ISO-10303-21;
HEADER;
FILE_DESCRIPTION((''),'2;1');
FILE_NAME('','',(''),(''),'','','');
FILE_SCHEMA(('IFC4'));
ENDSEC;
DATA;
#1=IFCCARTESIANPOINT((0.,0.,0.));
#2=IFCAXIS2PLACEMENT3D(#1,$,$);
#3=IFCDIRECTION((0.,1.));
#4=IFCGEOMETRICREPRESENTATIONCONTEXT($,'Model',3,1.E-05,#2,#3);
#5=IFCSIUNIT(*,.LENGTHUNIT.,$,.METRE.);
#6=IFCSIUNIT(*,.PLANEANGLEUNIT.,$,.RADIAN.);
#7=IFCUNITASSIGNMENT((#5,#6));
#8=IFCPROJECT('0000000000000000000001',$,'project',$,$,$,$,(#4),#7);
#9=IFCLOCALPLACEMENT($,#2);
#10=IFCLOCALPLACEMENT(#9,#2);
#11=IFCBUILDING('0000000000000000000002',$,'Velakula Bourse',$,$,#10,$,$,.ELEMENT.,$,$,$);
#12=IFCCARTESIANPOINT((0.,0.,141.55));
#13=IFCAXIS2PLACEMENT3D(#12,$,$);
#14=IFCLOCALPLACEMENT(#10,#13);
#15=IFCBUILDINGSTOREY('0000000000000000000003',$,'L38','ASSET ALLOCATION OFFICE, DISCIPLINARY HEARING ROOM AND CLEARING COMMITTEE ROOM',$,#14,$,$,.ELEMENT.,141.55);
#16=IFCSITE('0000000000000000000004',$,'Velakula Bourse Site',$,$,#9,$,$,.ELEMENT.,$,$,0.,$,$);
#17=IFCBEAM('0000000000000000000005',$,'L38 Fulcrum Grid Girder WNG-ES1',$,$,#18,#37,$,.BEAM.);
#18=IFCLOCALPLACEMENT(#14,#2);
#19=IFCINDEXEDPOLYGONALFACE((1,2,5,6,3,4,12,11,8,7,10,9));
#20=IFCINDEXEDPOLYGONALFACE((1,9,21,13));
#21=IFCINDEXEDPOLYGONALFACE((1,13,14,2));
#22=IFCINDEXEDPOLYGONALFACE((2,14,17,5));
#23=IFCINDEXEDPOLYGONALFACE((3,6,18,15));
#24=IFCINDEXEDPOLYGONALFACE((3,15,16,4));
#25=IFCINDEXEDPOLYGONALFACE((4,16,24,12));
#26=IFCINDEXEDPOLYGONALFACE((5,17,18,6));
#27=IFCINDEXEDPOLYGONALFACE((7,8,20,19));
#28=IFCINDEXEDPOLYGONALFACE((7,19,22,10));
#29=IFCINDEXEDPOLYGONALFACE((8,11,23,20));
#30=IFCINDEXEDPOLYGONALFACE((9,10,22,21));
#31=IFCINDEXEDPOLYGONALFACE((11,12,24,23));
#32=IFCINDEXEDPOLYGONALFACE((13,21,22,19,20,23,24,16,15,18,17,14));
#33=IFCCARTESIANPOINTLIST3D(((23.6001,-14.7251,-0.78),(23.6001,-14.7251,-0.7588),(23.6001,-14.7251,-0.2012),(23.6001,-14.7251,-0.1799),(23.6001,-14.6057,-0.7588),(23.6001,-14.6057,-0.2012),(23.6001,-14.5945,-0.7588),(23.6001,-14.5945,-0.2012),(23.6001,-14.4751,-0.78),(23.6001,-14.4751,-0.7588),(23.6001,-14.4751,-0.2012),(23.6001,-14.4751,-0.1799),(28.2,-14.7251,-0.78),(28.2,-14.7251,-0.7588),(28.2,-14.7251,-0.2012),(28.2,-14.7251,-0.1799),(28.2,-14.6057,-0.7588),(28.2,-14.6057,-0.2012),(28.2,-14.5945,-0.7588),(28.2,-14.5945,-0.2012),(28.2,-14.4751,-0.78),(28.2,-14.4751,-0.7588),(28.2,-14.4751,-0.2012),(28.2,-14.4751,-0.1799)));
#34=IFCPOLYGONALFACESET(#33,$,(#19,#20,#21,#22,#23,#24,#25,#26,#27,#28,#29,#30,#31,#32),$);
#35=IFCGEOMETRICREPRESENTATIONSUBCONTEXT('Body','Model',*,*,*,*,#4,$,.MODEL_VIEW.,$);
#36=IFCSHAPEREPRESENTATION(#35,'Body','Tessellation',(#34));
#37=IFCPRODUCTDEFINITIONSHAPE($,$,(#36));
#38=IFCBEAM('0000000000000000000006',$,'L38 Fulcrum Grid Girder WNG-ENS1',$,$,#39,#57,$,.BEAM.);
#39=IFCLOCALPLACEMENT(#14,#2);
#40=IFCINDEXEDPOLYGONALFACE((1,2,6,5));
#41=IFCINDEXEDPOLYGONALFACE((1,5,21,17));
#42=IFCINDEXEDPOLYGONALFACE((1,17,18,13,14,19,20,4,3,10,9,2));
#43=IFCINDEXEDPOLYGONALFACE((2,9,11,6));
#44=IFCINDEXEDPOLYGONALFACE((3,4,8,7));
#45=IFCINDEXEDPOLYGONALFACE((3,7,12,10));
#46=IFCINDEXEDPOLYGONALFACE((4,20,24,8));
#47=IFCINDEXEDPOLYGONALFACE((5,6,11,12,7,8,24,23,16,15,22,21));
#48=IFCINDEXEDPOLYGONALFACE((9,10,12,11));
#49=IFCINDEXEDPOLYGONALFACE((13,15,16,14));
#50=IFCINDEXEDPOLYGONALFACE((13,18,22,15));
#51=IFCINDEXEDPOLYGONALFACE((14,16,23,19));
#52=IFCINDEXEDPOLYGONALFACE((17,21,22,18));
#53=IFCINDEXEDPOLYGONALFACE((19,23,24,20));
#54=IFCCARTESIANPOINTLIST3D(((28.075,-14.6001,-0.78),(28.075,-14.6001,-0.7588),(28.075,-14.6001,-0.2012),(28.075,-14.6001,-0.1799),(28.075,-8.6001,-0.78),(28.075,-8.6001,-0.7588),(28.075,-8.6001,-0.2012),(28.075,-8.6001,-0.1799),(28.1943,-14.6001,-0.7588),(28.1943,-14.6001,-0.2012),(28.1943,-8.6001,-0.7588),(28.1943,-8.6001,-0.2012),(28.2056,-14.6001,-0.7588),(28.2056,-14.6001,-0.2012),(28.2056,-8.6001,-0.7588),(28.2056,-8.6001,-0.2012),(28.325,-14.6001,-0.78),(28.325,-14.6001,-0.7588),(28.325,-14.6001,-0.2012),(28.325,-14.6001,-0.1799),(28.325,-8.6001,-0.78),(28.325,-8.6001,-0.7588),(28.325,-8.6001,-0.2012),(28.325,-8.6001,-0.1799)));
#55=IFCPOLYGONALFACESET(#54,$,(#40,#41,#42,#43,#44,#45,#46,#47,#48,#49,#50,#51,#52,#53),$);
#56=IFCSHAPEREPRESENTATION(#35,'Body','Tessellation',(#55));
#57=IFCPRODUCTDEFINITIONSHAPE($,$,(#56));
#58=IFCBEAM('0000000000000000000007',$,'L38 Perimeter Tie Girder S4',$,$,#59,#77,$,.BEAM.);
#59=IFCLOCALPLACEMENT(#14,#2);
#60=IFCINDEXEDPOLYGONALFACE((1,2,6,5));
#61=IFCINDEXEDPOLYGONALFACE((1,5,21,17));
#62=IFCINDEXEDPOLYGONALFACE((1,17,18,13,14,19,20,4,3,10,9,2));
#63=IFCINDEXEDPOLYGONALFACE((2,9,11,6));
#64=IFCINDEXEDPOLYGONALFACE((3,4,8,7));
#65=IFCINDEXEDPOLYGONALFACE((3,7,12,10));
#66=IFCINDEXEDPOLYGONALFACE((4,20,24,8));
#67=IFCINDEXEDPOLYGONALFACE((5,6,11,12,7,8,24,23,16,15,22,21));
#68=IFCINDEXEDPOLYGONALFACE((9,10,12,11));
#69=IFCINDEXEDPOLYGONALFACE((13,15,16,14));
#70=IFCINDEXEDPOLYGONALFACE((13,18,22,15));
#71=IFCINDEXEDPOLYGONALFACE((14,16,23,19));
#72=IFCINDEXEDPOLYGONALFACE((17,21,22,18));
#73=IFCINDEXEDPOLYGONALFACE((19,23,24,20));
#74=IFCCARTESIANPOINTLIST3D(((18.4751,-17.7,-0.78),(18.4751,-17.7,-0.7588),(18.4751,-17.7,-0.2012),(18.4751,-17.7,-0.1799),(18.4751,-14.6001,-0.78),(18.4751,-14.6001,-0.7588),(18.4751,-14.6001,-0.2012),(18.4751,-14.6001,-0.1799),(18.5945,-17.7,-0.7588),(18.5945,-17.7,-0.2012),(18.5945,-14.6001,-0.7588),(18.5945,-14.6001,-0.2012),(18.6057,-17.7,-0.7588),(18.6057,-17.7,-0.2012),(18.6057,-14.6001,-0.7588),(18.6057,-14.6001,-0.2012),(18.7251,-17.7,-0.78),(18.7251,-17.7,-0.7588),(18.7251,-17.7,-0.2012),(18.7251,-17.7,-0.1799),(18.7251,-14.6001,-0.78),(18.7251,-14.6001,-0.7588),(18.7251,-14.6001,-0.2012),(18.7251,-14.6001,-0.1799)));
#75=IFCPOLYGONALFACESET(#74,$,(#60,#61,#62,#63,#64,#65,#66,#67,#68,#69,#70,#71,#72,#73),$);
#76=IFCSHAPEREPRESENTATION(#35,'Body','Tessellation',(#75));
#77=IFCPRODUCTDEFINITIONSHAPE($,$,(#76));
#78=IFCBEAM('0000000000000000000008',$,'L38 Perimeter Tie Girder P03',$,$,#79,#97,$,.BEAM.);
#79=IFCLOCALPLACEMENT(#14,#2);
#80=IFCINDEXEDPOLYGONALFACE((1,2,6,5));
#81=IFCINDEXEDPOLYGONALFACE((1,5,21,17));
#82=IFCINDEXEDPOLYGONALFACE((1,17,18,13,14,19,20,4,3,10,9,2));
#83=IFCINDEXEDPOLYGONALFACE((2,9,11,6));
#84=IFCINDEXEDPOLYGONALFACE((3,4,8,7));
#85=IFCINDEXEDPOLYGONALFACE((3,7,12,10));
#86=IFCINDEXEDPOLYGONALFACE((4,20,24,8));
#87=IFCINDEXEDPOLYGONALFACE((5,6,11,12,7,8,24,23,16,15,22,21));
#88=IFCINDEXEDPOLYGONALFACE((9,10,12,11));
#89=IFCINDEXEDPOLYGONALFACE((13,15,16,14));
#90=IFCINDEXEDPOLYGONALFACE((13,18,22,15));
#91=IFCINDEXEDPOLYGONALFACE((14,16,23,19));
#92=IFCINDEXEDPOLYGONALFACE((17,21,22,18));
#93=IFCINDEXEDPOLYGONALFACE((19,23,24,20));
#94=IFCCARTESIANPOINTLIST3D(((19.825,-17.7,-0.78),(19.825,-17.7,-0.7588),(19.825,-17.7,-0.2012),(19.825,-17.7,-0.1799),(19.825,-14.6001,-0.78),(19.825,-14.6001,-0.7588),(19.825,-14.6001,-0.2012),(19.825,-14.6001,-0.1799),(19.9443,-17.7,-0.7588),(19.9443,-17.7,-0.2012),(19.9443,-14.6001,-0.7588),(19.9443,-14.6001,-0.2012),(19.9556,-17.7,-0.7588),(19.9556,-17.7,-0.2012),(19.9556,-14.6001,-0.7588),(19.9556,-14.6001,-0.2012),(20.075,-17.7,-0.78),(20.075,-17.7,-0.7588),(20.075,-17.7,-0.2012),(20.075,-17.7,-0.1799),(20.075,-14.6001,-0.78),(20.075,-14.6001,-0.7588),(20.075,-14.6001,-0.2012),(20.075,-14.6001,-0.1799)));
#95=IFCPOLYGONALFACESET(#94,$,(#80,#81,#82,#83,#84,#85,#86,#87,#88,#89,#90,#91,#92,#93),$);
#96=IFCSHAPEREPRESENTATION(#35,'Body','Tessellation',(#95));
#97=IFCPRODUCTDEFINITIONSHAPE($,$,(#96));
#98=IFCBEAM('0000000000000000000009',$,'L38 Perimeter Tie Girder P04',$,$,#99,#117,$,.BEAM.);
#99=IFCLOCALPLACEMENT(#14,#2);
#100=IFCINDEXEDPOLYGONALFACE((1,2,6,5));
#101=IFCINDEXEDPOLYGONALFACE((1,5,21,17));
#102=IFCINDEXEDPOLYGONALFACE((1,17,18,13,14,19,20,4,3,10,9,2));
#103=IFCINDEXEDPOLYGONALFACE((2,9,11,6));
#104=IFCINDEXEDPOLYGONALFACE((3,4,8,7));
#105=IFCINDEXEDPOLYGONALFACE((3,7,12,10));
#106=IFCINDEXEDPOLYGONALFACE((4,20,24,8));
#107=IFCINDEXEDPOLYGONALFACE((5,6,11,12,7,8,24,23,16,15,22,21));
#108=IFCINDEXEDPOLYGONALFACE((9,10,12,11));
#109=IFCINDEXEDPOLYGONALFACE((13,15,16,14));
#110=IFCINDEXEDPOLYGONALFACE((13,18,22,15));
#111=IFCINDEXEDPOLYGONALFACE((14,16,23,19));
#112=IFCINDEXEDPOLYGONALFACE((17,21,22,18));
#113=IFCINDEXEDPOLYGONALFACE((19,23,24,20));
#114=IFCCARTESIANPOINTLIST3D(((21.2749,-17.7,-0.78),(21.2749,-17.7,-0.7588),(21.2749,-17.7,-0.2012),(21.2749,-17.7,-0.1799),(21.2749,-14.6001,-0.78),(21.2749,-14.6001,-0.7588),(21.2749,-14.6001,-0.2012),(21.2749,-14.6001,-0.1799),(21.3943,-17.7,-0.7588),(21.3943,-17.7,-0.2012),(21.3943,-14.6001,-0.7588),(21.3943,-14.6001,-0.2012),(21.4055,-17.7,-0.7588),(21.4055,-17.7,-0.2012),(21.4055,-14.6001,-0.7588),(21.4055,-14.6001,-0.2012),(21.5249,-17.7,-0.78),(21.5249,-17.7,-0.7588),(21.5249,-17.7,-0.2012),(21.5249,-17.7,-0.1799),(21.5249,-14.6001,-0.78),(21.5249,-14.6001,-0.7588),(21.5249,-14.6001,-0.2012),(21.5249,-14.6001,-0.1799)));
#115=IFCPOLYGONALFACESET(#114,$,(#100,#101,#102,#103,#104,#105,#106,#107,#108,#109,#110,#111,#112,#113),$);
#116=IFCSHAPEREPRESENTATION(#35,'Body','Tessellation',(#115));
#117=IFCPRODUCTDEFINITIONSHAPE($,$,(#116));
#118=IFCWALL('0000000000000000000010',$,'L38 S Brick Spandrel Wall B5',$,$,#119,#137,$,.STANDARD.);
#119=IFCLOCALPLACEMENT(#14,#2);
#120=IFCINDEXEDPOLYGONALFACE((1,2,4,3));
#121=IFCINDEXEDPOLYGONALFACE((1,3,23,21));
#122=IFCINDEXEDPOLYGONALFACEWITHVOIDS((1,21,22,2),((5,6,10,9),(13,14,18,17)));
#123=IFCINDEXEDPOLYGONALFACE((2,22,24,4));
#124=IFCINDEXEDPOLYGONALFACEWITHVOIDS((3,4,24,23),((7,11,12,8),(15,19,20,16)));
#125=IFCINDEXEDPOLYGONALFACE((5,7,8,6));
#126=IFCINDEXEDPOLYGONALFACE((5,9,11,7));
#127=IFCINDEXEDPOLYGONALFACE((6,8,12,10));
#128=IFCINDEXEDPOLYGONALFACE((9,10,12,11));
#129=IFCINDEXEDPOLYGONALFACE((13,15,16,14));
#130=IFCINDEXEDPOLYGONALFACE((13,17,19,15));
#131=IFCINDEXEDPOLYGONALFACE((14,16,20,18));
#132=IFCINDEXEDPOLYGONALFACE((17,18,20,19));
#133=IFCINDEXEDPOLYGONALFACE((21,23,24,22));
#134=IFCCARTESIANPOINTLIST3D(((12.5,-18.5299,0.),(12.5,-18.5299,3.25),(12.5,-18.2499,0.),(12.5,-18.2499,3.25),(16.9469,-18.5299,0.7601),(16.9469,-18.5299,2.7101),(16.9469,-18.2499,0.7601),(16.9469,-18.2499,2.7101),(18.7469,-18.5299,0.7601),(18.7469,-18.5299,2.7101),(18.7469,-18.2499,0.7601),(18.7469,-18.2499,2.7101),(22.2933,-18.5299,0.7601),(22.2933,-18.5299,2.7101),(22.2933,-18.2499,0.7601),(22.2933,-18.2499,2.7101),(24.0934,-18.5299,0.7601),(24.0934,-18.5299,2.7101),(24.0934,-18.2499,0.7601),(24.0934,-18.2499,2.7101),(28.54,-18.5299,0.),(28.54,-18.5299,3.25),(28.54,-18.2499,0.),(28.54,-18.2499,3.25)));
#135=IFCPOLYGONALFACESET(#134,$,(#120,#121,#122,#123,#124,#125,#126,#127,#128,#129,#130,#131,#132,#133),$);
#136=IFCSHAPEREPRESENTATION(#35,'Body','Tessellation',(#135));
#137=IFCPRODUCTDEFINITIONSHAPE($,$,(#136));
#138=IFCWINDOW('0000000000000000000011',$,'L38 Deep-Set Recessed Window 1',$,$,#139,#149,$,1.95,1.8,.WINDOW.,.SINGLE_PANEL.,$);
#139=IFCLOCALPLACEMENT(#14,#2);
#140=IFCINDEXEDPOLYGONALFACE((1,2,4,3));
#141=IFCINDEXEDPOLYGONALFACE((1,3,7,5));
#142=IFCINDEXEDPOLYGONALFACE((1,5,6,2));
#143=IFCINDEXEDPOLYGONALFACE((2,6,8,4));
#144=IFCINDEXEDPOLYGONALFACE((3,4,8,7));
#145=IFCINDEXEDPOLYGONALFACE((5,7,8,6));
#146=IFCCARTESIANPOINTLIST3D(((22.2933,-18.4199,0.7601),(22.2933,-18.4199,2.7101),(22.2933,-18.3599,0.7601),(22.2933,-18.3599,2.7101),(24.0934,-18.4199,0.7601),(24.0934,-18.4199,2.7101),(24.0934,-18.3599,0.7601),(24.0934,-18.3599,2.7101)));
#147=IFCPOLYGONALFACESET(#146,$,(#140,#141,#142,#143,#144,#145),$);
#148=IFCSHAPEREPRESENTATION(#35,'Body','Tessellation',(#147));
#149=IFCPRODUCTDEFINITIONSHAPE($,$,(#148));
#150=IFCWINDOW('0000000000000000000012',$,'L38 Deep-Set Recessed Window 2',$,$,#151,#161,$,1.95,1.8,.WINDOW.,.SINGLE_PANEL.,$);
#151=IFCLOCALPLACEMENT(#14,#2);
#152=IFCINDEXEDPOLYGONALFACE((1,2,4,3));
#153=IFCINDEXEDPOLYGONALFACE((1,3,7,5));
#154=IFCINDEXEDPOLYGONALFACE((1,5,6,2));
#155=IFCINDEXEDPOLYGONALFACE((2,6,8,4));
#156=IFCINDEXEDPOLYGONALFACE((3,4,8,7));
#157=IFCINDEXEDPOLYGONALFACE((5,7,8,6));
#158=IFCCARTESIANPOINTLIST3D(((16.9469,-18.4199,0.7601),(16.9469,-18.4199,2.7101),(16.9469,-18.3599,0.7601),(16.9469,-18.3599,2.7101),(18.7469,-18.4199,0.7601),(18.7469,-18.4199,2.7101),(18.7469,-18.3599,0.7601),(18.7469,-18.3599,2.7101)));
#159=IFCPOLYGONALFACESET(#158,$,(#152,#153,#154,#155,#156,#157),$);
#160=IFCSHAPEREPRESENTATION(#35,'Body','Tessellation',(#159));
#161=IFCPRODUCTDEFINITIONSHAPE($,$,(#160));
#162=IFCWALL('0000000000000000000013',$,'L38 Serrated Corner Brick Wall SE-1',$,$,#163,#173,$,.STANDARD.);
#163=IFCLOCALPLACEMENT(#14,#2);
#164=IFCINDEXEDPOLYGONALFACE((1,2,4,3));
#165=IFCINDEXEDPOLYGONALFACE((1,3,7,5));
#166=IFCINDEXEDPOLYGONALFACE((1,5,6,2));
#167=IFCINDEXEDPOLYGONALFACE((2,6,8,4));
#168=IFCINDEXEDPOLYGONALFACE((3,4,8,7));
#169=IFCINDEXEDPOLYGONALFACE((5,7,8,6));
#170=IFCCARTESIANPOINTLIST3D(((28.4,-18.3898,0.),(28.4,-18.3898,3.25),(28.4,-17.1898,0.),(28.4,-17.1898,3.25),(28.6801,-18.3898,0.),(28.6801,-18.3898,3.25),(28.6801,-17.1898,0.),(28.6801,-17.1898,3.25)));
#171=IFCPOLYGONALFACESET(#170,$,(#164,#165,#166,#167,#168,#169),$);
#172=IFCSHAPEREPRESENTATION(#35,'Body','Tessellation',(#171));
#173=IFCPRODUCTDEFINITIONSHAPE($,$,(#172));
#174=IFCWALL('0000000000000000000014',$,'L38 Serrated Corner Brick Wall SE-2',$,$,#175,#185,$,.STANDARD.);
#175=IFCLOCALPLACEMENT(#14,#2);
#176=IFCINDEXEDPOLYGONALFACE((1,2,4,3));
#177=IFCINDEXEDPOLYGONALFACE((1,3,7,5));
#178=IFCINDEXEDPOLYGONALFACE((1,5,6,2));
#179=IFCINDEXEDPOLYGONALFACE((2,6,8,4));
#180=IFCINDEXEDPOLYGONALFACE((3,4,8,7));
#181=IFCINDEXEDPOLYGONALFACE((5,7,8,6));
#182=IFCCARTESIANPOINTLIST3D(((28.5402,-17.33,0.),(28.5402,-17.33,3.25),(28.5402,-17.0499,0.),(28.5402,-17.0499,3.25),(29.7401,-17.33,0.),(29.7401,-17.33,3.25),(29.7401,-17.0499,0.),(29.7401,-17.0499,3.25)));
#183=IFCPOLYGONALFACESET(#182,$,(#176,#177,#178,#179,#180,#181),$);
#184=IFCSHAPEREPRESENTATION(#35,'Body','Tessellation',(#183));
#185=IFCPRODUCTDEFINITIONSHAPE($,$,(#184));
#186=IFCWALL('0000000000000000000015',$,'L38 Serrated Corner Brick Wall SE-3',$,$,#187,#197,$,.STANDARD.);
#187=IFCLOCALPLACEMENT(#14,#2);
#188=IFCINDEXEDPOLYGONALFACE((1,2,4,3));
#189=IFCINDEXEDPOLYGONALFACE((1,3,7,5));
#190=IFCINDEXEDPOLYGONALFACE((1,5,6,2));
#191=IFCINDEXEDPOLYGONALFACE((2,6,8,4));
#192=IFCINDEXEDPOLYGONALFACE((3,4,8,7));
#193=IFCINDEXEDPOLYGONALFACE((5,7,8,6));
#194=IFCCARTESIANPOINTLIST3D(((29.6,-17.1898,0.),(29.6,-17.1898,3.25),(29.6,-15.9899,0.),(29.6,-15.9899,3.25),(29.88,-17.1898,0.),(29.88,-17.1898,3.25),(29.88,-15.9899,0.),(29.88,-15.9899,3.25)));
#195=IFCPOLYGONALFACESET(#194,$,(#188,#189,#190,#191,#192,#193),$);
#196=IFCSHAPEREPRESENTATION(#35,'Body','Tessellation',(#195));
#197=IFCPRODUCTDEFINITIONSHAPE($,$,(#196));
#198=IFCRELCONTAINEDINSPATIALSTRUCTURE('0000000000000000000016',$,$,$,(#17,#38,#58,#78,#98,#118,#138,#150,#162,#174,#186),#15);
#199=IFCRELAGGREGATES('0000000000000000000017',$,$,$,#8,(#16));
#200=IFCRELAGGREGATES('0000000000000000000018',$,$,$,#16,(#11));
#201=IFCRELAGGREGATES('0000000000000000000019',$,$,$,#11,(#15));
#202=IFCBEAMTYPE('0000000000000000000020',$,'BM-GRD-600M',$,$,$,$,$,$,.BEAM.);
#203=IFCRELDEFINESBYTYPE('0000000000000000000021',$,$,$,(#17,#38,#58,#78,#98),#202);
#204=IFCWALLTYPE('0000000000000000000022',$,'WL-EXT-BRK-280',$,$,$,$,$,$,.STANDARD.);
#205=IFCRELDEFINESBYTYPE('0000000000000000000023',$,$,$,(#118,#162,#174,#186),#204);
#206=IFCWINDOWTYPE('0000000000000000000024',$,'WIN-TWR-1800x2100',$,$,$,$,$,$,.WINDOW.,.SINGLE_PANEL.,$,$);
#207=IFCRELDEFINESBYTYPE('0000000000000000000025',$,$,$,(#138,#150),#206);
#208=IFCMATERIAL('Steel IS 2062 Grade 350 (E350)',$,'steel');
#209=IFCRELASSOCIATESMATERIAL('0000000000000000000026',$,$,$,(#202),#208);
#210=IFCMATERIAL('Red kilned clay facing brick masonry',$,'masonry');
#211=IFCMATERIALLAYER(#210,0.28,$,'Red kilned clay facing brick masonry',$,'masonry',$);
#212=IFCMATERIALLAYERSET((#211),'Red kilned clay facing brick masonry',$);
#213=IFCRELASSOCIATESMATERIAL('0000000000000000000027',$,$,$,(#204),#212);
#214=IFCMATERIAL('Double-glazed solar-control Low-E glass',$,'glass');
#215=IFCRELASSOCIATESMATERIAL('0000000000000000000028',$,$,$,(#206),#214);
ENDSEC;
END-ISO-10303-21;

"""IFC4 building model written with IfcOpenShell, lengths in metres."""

from ifc_helpers import new_model, si_unit, direction, frame, frame_2d, origin, origin_2d, place, context, subcontext, project, spatial, rectangle, i_section, extrude, material, layer, layer_set, material_profile, profile_set, type_object, element, fill, save


model = new_model("IFC4")

# Units and contexts
model_context = context("Model", 3, precision=1e-05, world=origin(), true_north=direction((0.0, 1.0)))
body_context = subcontext(model_context, "Body", "Model", "MODEL_VIEW")
ifc_project = project(units=[si_unit("LENGTHUNIT", "METRE"), si_unit("PLANEANGLEUNIT", "RADIAN")], contexts=[model_context])

# Site, building, storey
site_placement = place(None, origin())
site = spatial("IfcSite", under=ifc_project, at=site_placement, Name="Velakula Bourse Site", CompositionType="ELEMENT", RefElevation=0.0)
building_placement = place(site_placement, origin())
building = spatial("IfcBuilding", under=site, at=building_placement, Name="Velakula Bourse", CompositionType="ELEMENT")
storey_placement = place(building_placement, frame((0.0, 0.0, 141.55)))
storey = spatial("IfcBuildingStorey", under=building, at=storey_placement, Name="L38", Description="ASSET ALLOCATION OFFICE, DISCIPLINARY HEARING ROOM AND CLEARING COMMITTEE ROOM", CompositionType="ELEMENT", Elevation=141.55)

# Shared definitions
ifc_material_1 = material(Name="Steel IS 2062 Grade 350 (E350)", Category="steel")

# Beams
ifc_material_profile_1 = material_profile(ifc_material_1, i_section(OverallWidth=0.25, OverallDepth=0.6001, WebThickness=0.0112, FlangeThickness=0.0212, at=origin_2d()), Name="Steel IS 2062 Grade 350 (E350)")
ifc_profile_set_1 = profile_set([ifc_material_profile_1], Name="Steel IS 2062 Grade 350 (E350)")
beam_type = type_object("IfcBeamType", Name="BM-GRD-600M", PredefinedType="BEAM", material=ifc_profile_set_1)
beam_1_placement = place(storey_placement, frame((23.6001, -14.6001, -0.48), z_axis=(1.0, 0.0, 0.0), x_axis=(0.0, 1.0, 0.0)))
element("IfcBeam", 1, at=beam_1_placement, inside=storey, type_object=beam_type, Name="L38 Fulcrum Grid Girder WNG-ES1", PredefinedType="BEAM", context=body_context, shape_type="SweptSolid", body=[
    extrude(i_section(OverallWidth=0.25, OverallDepth=0.6001, WebThickness=0.0112, FlangeThickness=0.0212, at=origin_2d()), origin(), (0.0, 0.0, 1.0), 4.5999),
])
beam_2_placement = place(storey_placement, frame((28.2, -14.6001, -0.48), z_axis=(0.0, 1.0, 0.0), x_axis=(-1.0, 0.0, 0.0)))
element("IfcBeam", 2, at=beam_2_placement, inside=storey, type_object=beam_type, Name="L38 Fulcrum Grid Girder WNG-ENS1", PredefinedType="BEAM", context=body_context, shape_type="SweptSolid", body=[
    extrude(i_section(OverallWidth=0.25, OverallDepth=0.6001, WebThickness=0.0112, FlangeThickness=0.0212, at=origin_2d()), origin(), (0.0, 0.0, 1.0), 6.0),
])
for number, where, z_axis, x_axis, name in (
    (3, (18.6001, -14.6001, -0.48), (0.0, -1.0, 0.0), (1.0, 0.0, 0.0), "L38 Perimeter Tie Girder S4"),
    (4, (19.95, -14.6001, -0.48), (0.0, -1.0, 0.0), (1.0, 0.0, 0.0), "L38 Perimeter Tie Girder P03"),
    (5, (21.3999, -14.6001, -0.48), (0.0, -1.0, 0.0), (1.0, 0.0, 0.0), "L38 Perimeter Tie Girder P04"),
):
    element("IfcBeam", number, at=place(storey_placement, frame(where, z_axis=z_axis, x_axis=x_axis)), inside=storey, type_object=beam_type, Name=name, PredefinedType="BEAM", context=body_context, shape_type="SweptSolid", body=[
        extrude(i_section(OverallWidth=0.25, OverallDepth=0.6001, WebThickness=0.0112, FlangeThickness=0.0212, at=origin_2d()), origin(), (0.0, 0.0, 1.0), 3.0999),
    ])

# Wall, openings, windows
ifc_material_2 = material(Name="Red kilned clay facing brick masonry", Category="masonry")
ifc_layer_1 = layer(ifc_material_2, 0.28, Name="Red kilned clay facing brick masonry", Category="masonry")
ifc_layer_set_1 = layer_set([ifc_layer_1], Name="Red kilned clay facing brick masonry")
wall_type_1 = type_object("IfcWallType", Name="WL-EXT-BRK-280", PredefinedType="STANDARD", material=ifc_layer_set_1)
wall_1_placement = place(storey_placement, frame((28.54, -18.3899, 0.0), z_axis=(0.0, 0.0, 1.0), x_axis=(-1.0, 0.0, 0.0)))
wall_1 = element("IfcWall", 6, at=wall_1_placement, inside=storey, type_object=wall_type_1, Name="L38 S Brick Spandrel Wall B5", PredefinedType="STANDARD", context=body_context, shape_type="SweptSolid", body=[
    extrude(rectangle(XDim=16.04, YDim=0.28, at=frame_2d((8.02, 0.0))), origin(), (0.0, 0.0, 1.0), 3.25),
])
opening_1_placement = place(wall_1_placement, frame((4.4468, 0.0, 0.76)))
opening_1 = element("IfcOpeningElement", 7, at=opening_1_placement, cuts=wall_1, PredefinedType="OPENING", context=body_context, shape_type="SweptSolid", body=[
    extrude(rectangle(XDim=1.8, YDim=1.95, at=frame_2d((0.8999, 0.9751))), frame((0.0, 0.1499, 0.0), z_axis=(0.0, -1.0, 0.0), x_axis=(1.0, 0.0, 0.0)), (0.0, 0.0, 1.0), 0.3),
])
opening_2_placement = place(wall_1_placement, frame((9.7932, 0.0, 0.76)))
opening_2 = element("IfcOpeningElement", 8, at=opening_2_placement, cuts=wall_1, PredefinedType="OPENING", context=body_context, shape_type="SweptSolid", body=[
    extrude(rectangle(XDim=1.8, YDim=1.95, at=frame_2d((0.8999, 0.9751))), frame((0.0, 0.1499, 0.0), z_axis=(0.0, -1.0, 0.0), x_axis=(1.0, 0.0, 0.0)), (0.0, 0.0, 1.0), 0.3),
])
ifc_material_3 = material(Name="Double-glazed solar-control Low-E glass", Category="glass")
window_type = type_object("IfcWindowType", Name="WIN-TWR-1800x2100", PartitioningType="SINGLE_PANEL", PredefinedType="WINDOW", material=ifc_material_3)
window_1_placement = place(opening_1_placement, origin())
window_1 = element("IfcWindow", 9, at=window_1_placement, inside=storey, type_object=window_type, Name="L38 Deep-Set Recessed Window 1", OverallHeight=1.95, OverallWidth=1.8, PartitioningType="SINGLE_PANEL", PredefinedType="WINDOW", context=body_context, shape_type="SweptSolid", body=[
    extrude(rectangle(XDim=1.8, YDim=1.95, at=frame_2d((0.8999, 0.9751))), frame((0.0, 0.03, 0.0), z_axis=(0.0, -1.0, 0.0), x_axis=(1.0, 0.0, 0.0)), (0.0, 0.0, 1.0), 0.0601),
])
fill(opening_1, window_1)
window_2_placement = place(opening_2_placement, origin())
window_2 = element("IfcWindow", 10, at=window_2_placement, inside=storey, type_object=window_type, Name="L38 Deep-Set Recessed Window 2", OverallHeight=1.95, OverallWidth=1.8, PartitioningType="SINGLE_PANEL", PredefinedType="WINDOW", context=body_context, shape_type="SweptSolid", body=[
    extrude(rectangle(XDim=1.8, YDim=1.95, at=frame_2d((0.8999, 0.9751))), frame((0.0, 0.03, 0.0), z_axis=(0.0, -1.0, 0.0), x_axis=(1.0, 0.0, 0.0)), (0.0, 0.0, 1.0), 0.0601),
])
fill(opening_2, window_2)

# Walls
for number, where, z_axis, x_axis, name in (
    (11, (28.54, -18.3899, 0.0), (0.0, 0.0, 1.0), (0.0, 1.0, 0.0), "L38 Serrated Corner Brick Wall SE-1"),
    (12, (28.54, -17.1899, 0.0), (0.0, 0.0, 1.0), (1.0, 0.0, 0.0), "L38 Serrated Corner Brick Wall SE-2"),
    (13, (29.74, -17.1899, 0.0), (0.0, 0.0, 1.0), (0.0, 1.0, 0.0), "L38 Serrated Corner Brick Wall SE-3"),
):
    element("IfcWall", number, at=place(storey_placement, frame(where, z_axis=z_axis, x_axis=x_axis)), inside=storey, type_object=wall_type_1, Name=name, PredefinedType="STANDARD", context=body_context, shape_type="SweptSolid", body=[
        extrude(rectangle(XDim=1.2, YDim=0.28, at=frame_2d((0.6001, 0.0))), origin(), (0.0, 0.0, 1.0), 3.25),
    ])

save(model, "model.ifc")
